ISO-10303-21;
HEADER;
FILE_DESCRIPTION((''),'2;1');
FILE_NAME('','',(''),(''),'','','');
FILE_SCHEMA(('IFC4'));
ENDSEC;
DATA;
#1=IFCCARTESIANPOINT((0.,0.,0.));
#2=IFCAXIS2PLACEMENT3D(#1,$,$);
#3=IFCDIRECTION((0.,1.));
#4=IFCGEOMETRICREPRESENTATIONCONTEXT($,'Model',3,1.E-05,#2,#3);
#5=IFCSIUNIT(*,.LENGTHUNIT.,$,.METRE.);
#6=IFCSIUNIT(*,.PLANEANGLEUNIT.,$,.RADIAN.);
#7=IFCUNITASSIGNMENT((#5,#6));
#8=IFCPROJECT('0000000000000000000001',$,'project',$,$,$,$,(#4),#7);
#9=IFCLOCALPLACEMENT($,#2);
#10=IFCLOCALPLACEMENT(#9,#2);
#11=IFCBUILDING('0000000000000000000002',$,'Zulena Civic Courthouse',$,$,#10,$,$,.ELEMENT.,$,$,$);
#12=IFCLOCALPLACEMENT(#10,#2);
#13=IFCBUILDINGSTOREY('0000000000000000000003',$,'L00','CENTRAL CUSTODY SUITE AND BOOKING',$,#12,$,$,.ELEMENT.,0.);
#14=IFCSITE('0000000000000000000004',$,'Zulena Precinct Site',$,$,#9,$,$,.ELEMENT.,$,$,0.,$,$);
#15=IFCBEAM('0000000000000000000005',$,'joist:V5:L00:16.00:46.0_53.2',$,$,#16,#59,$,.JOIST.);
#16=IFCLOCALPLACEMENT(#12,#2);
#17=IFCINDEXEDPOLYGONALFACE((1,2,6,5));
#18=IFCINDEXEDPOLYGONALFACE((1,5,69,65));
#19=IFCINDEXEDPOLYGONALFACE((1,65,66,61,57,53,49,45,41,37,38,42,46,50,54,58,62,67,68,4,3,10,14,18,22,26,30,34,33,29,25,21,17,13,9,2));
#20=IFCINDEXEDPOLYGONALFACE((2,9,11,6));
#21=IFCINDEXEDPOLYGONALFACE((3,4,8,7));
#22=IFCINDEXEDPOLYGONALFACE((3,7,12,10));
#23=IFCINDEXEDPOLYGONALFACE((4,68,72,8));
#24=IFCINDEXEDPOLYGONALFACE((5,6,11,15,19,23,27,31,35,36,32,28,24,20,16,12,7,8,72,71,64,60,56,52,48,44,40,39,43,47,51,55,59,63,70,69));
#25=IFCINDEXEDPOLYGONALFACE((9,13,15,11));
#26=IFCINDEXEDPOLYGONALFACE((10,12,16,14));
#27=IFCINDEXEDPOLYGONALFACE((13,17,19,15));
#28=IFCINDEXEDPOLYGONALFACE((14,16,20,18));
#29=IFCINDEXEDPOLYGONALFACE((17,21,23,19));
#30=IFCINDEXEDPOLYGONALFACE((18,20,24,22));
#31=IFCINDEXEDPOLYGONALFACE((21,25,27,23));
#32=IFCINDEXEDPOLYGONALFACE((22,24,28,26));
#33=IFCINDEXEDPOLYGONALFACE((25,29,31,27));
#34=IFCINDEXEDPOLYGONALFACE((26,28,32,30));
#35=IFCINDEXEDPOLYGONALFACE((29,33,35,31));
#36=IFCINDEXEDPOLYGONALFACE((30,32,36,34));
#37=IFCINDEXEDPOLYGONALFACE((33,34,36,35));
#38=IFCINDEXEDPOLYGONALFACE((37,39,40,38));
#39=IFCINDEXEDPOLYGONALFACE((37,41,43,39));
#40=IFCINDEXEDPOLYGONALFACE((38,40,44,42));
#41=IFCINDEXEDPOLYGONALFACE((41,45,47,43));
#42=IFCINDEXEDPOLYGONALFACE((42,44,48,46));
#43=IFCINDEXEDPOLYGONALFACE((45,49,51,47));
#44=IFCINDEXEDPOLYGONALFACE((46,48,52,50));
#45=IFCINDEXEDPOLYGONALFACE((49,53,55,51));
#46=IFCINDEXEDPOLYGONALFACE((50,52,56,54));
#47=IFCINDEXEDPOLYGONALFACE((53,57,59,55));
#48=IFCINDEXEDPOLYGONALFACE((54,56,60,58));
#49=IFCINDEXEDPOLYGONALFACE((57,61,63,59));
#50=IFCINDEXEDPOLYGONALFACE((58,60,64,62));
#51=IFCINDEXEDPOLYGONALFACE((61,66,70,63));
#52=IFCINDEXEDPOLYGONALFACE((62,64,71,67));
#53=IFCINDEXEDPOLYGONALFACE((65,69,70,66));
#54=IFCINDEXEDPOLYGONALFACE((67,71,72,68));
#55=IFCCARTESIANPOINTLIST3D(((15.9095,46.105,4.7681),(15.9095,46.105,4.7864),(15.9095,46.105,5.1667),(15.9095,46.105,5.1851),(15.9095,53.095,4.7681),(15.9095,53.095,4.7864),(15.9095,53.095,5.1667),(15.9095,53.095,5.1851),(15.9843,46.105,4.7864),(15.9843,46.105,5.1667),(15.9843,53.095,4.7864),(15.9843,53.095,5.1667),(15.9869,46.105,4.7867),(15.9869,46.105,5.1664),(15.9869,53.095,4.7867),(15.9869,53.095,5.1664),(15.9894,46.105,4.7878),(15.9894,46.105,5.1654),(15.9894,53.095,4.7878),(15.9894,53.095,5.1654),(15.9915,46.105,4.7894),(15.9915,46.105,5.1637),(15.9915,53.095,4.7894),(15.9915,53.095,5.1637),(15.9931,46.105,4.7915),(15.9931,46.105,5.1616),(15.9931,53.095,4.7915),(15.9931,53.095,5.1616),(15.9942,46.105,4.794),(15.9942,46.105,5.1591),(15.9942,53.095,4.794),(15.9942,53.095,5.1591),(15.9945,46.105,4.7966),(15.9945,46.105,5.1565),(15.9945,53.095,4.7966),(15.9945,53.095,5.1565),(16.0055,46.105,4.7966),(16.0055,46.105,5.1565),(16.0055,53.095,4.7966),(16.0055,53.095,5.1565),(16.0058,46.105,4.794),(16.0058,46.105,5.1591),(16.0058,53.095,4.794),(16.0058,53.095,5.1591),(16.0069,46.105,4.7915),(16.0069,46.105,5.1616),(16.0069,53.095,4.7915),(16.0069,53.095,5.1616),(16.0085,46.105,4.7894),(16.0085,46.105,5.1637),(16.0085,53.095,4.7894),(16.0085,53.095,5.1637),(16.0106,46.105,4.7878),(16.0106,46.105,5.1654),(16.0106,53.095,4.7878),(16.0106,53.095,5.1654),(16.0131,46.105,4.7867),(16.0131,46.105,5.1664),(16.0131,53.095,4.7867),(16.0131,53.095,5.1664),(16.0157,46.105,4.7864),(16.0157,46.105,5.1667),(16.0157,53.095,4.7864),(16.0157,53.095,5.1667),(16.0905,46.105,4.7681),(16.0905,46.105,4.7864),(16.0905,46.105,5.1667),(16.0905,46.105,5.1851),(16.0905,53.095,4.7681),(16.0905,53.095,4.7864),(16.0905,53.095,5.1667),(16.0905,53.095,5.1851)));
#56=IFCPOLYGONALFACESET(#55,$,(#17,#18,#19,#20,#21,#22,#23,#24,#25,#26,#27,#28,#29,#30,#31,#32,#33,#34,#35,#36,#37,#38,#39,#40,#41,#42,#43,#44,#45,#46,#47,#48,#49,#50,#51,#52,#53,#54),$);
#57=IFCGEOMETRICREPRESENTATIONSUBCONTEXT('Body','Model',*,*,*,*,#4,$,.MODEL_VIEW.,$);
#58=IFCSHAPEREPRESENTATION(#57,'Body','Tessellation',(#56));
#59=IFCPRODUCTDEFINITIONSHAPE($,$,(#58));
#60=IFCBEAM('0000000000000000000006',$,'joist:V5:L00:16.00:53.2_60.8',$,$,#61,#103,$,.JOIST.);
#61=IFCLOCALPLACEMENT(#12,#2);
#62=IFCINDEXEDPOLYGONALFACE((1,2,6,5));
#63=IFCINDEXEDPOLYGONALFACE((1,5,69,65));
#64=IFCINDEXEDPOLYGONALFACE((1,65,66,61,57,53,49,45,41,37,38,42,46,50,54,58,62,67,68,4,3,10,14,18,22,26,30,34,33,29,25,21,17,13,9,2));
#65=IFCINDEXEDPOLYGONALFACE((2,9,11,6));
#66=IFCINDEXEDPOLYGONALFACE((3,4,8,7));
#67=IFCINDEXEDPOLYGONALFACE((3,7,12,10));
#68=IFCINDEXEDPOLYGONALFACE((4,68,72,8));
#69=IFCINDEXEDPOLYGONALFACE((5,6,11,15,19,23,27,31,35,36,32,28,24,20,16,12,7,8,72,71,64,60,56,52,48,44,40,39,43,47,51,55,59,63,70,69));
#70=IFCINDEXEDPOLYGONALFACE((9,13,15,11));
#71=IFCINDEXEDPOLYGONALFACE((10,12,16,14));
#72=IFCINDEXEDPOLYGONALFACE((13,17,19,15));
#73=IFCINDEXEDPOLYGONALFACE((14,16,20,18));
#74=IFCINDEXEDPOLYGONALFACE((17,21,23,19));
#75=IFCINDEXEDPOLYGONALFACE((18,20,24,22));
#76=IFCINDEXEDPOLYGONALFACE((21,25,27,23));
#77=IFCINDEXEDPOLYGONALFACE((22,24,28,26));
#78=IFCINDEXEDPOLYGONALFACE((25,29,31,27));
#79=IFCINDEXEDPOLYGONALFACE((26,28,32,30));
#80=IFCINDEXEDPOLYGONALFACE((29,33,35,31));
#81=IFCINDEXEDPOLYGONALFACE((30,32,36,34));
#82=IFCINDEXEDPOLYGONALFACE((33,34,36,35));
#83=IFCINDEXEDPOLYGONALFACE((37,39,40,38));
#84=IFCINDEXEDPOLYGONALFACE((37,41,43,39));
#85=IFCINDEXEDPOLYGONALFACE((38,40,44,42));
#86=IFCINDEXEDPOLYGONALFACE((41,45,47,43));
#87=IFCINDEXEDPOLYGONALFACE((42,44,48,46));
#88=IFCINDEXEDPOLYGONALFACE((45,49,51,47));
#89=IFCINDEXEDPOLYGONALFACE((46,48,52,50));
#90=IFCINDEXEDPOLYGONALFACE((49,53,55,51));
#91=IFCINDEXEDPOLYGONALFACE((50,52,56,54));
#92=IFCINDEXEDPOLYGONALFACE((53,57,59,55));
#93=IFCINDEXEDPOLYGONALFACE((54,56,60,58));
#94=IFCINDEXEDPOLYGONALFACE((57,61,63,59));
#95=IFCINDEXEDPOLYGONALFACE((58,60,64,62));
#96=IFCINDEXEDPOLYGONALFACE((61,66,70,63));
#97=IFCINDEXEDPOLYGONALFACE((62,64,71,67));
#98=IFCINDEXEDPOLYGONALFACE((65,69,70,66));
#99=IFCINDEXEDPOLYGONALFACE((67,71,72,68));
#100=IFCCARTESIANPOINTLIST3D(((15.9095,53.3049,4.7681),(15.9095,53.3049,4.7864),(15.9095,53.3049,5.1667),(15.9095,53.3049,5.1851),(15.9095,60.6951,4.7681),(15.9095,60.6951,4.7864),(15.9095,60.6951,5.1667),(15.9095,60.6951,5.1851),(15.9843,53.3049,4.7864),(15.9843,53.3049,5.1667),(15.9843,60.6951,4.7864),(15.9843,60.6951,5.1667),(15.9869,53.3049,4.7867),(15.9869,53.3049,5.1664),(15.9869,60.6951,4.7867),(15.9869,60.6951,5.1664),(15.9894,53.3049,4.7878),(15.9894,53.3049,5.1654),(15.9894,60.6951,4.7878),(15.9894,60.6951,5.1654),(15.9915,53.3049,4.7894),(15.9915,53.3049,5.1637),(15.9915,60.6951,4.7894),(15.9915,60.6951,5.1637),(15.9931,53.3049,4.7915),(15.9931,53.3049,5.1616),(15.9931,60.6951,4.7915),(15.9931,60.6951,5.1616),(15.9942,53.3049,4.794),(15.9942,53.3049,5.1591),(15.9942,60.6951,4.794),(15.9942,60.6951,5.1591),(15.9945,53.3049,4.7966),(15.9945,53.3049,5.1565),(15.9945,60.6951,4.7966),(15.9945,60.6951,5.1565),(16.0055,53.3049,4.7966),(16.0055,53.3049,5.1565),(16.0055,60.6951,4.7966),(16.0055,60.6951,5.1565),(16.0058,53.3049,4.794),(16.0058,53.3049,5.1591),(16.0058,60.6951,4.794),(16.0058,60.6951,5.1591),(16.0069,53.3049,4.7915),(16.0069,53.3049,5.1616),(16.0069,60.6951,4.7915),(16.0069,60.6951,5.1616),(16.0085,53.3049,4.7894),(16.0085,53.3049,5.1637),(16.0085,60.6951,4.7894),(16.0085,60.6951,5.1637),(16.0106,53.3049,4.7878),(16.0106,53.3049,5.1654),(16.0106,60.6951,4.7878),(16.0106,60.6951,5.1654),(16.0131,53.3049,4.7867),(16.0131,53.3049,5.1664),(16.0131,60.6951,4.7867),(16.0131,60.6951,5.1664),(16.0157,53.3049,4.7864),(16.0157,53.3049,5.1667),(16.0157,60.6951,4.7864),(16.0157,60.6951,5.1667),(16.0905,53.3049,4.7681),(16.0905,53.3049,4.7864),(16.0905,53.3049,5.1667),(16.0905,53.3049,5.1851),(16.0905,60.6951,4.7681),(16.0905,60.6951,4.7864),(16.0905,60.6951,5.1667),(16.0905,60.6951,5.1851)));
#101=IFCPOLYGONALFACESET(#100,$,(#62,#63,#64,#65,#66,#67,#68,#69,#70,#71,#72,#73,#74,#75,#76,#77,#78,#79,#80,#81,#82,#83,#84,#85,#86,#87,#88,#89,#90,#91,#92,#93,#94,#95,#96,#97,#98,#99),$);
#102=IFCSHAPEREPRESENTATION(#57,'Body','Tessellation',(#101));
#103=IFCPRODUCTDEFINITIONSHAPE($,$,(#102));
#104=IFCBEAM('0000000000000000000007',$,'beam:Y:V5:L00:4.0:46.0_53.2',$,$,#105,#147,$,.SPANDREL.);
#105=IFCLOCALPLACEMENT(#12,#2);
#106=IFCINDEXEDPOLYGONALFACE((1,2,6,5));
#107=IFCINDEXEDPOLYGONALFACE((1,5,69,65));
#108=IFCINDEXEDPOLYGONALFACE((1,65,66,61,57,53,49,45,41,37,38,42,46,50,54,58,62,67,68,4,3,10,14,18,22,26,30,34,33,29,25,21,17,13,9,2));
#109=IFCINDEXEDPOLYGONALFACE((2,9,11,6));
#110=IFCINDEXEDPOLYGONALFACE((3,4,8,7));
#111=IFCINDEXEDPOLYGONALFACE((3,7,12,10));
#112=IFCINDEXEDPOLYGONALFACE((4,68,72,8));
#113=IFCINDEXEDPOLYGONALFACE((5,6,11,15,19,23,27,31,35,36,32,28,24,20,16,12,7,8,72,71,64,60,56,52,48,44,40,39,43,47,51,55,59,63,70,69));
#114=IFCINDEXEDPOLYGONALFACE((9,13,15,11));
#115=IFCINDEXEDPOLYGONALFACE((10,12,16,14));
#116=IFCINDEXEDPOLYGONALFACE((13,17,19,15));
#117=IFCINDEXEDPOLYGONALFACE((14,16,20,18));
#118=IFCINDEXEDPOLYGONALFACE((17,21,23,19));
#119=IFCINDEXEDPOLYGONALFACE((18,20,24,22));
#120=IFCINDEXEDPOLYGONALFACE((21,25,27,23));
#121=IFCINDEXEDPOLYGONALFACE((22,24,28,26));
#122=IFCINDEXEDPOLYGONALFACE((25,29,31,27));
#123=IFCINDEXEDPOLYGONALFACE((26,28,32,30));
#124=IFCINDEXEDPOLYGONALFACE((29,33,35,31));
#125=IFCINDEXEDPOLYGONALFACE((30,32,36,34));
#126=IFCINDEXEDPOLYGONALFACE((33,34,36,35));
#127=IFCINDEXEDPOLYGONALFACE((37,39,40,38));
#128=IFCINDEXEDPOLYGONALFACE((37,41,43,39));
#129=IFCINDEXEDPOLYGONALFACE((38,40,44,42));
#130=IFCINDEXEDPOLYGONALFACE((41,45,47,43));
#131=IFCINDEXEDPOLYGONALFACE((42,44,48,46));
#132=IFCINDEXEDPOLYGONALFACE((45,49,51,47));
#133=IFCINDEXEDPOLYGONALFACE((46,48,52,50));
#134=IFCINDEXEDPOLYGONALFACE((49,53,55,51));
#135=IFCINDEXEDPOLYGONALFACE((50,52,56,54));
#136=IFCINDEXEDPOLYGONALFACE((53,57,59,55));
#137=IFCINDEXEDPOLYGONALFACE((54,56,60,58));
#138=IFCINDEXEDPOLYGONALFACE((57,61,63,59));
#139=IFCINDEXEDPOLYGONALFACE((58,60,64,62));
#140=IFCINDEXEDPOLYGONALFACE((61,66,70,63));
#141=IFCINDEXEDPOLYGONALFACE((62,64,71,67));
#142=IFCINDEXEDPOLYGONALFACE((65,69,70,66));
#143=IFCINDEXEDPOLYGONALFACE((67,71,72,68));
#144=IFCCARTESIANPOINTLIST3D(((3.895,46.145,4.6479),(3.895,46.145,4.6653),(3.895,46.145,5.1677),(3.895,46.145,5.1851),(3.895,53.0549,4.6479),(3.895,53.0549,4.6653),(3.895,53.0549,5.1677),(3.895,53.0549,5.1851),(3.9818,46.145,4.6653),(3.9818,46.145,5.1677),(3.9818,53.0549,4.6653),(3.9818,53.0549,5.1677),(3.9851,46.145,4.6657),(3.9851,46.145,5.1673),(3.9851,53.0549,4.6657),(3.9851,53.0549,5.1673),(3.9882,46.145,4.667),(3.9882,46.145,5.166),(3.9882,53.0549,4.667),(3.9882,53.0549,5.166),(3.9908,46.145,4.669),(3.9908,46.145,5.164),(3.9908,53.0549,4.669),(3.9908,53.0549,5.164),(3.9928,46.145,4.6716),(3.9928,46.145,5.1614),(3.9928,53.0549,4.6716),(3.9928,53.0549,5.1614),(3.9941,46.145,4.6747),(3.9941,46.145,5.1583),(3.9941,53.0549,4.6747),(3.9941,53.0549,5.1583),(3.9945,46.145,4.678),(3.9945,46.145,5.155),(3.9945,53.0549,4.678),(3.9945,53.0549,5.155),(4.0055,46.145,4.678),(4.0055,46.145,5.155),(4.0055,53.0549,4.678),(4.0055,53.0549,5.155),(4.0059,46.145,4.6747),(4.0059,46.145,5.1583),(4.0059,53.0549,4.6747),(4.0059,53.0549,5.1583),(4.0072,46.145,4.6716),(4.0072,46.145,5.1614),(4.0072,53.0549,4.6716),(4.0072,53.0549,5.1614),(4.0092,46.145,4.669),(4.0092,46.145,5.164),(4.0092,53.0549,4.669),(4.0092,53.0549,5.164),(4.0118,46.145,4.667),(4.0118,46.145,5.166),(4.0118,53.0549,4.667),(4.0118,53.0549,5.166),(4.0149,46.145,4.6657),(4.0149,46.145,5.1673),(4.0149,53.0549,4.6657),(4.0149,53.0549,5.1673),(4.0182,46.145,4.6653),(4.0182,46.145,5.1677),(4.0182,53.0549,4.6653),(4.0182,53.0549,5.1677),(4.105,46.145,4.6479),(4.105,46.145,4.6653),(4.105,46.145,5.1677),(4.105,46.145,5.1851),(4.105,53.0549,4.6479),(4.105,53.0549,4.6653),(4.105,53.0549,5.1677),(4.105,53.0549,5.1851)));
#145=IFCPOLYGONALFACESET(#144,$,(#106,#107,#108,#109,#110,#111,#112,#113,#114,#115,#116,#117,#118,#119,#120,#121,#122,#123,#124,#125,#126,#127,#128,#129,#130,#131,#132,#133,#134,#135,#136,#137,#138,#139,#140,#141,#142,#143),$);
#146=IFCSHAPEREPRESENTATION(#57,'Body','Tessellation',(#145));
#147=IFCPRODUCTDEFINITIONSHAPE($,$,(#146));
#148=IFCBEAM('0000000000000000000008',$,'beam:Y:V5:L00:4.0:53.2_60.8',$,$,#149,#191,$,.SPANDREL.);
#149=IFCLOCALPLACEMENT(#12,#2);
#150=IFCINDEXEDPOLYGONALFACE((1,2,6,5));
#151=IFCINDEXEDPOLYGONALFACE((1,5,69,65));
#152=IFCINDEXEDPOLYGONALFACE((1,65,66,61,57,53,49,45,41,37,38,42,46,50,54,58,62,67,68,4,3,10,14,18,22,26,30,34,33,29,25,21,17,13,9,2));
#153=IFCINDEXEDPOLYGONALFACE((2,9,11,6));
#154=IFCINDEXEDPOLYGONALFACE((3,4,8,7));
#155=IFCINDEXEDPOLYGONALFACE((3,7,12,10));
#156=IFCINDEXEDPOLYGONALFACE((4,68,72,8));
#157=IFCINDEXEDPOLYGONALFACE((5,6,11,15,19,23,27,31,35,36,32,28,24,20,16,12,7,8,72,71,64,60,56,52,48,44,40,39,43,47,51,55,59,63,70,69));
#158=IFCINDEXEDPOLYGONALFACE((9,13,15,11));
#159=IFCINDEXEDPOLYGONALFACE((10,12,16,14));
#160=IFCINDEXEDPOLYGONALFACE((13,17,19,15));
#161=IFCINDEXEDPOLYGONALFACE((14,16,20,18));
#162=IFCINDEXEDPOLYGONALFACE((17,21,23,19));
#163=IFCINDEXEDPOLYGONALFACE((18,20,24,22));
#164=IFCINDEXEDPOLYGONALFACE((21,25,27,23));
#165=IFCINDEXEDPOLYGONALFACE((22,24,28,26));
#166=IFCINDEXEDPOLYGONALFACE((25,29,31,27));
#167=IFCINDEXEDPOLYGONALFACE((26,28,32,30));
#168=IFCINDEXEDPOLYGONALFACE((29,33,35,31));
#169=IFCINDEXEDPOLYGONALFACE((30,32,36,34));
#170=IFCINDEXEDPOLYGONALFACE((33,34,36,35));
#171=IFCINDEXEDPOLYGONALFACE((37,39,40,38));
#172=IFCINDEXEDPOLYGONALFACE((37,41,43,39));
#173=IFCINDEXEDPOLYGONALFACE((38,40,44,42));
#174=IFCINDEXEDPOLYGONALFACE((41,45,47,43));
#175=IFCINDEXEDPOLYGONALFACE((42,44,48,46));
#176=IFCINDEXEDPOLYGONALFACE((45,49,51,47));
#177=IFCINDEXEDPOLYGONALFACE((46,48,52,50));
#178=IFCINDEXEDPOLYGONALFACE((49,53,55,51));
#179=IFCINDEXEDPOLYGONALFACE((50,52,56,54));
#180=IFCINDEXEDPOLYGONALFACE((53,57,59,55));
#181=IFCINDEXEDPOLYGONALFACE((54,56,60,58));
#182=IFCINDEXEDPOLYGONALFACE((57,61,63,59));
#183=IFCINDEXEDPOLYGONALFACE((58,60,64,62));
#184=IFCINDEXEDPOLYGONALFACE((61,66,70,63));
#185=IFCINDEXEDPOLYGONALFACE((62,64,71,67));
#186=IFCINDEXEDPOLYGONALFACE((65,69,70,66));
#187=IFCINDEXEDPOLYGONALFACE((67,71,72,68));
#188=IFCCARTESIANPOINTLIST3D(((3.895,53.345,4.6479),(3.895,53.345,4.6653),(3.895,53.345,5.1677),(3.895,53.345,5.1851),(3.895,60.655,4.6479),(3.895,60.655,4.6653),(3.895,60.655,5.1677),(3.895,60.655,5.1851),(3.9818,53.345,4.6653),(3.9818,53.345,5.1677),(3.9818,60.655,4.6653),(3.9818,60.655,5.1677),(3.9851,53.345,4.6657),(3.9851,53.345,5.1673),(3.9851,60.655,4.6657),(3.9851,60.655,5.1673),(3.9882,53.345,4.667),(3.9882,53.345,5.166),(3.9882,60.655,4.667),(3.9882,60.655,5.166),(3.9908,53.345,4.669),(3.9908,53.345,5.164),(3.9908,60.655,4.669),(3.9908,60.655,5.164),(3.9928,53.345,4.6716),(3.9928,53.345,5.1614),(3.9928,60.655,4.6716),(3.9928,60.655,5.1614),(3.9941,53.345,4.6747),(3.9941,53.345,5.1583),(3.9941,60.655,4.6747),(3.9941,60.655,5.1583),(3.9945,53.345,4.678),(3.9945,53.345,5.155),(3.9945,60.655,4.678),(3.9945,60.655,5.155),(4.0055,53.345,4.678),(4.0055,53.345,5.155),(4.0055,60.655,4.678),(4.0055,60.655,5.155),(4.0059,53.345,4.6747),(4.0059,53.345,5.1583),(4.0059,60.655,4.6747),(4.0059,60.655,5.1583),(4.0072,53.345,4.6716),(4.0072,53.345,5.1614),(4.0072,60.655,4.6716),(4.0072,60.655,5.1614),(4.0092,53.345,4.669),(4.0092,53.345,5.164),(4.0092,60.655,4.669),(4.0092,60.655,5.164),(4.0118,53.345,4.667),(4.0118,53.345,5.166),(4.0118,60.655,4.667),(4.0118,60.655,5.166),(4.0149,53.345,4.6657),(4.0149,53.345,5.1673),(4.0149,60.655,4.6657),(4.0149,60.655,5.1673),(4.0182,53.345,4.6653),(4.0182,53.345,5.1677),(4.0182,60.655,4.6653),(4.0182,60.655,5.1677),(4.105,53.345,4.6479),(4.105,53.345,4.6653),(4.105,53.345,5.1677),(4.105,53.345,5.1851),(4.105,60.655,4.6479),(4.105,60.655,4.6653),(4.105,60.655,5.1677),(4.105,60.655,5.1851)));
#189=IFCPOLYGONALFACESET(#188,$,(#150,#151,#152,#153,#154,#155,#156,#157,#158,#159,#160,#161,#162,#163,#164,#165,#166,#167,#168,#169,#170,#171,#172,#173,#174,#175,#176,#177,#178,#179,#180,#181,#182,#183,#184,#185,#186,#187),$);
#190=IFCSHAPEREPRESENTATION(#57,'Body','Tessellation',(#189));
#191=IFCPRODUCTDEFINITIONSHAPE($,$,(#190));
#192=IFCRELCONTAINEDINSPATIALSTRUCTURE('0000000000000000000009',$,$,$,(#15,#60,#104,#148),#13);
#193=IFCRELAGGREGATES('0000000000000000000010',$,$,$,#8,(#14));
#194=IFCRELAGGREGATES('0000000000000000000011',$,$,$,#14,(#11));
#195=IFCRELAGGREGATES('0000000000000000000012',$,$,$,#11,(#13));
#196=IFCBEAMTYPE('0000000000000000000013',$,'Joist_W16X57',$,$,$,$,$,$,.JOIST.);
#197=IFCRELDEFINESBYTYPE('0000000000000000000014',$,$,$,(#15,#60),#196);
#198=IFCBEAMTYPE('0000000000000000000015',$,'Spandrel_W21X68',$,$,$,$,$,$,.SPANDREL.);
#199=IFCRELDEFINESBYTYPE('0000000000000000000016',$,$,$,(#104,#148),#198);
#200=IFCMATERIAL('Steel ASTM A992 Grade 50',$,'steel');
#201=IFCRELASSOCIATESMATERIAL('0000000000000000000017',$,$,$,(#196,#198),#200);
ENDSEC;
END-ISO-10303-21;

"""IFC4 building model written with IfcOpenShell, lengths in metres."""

from ifc_helpers import new_model, si_unit, direction, frame, origin, origin_2d, place, context, subcontext, project, spatial, i_section, extrude, material, material_profile, profile_set, type_object, element, save


model = new_model("IFC4")

# Units and contexts
model_context = context("Model", 3, precision=1e-05, world=origin(), true_north=direction((0.0, 1.0)))
body_context = subcontext(model_context, "Body", "Model", "MODEL_VIEW")
ifc_project = project(units=[si_unit("LENGTHUNIT", "METRE"), si_unit("PLANEANGLEUNIT", "RADIAN")], contexts=[model_context])

# Site, building, storey
site_placement = place(None, origin())
site = spatial("IfcSite", under=ifc_project, at=site_placement, Name="Zulena Precinct Site", CompositionType="ELEMENT", RefElevation=0.0)
building_placement = place(site_placement, origin())
building = spatial("IfcBuilding", under=site, at=building_placement, Name="Zulena Civic Courthouse", CompositionType="ELEMENT")
storey_placement = place(building_placement, origin())
storey = spatial("IfcBuildingStorey", under=building, at=storey_placement, Name="L00", Description="CENTRAL CUSTODY SUITE AND BOOKING", CompositionType="ELEMENT", Elevation=0.0)

# Shared definitions
ifc_material_1 = material(Name="Steel ASTM A992 Grade 50", Category="steel")

# Beams
ifc_material_profile_1 = material_profile(ifc_material_1, i_section(OverallWidth=0.1809, OverallDepth=0.417, WebThickness=0.011, FlangeThickness=0.0183, FilletRadius=0.0103, at=origin_2d()), Name="W16X57")
ifc_profile_set_1 = profile_set([ifc_material_profile_1], Name="Steel ASTM A992 Grade 50")
beam_type_1 = type_object("IfcBeamType", Name="Joist_W16X57", PredefinedType="JOIST", material=ifc_profile_set_1)
beam_1_placement = place(storey_placement, frame((16.0, 46.105, 4.9766), z_axis=(0.0, 1.0, 0.0), x_axis=(-1.0, 0.0, 0.0)))
element("IfcBeam", 1, at=beam_1_placement, inside=storey, type_object=beam_type_1, Name="joist:V5:L00:16.00:46.0_53.2", PredefinedType="JOIST", context=body_context, shape_type="SweptSolid", body=[
    extrude(i_section(OverallWidth=0.1809, OverallDepth=0.417, WebThickness=0.011, FlangeThickness=0.0183, FilletRadius=0.0103, at=origin_2d()), origin(), (0.0, 0.0, 1.0), 6.99),
])
beam_2_placement = place(storey_placement, frame((16.0, 53.3049, 4.9766), z_axis=(0.0, 1.0, 0.0), x_axis=(-1.0, 0.0, 0.0)))
element("IfcBeam", 2, at=beam_2_placement, inside=storey, type_object=beam_type_1, Name="joist:V5:L00:16.00:53.2_60.8", PredefinedType="JOIST", context=body_context, shape_type="SweptSolid", body=[
    extrude(i_section(OverallWidth=0.1809, OverallDepth=0.417, WebThickness=0.011, FlangeThickness=0.0183, FilletRadius=0.0103, at=origin_2d()), origin(), (0.0, 0.0, 1.0), 7.3901),
])
ifc_material_profile_2 = material_profile(ifc_material_1, i_section(OverallWidth=0.21, OverallDepth=0.5371, WebThickness=0.011, FlangeThickness=0.0173, FilletRadius=0.0127, at=origin_2d()), Name="W21X68")
ifc_profile_set_2 = profile_set([ifc_material_profile_2], Name="Steel ASTM A992 Grade 50")
beam_type_2 = type_object("IfcBeamType", Name="Spandrel_W21X68", PredefinedType="SPANDREL", material=ifc_profile_set_2)
beam_3_placement = place(storey_placement, frame((4.0, 46.145, 4.9165), z_axis=(0.0, 1.0, 0.0), x_axis=(-1.0, 0.0, 0.0)))
element("IfcBeam", 3, at=beam_3_placement, inside=storey, type_object=beam_type_2, Name="beam:Y:V5:L00:4.0:46.0_53.2", PredefinedType="SPANDREL", context=body_context, shape_type="SweptSolid", body=[
    extrude(i_section(OverallWidth=0.21, OverallDepth=0.5371, WebThickness=0.011, FlangeThickness=0.0173, FilletRadius=0.0127, at=origin_2d()), origin(), (0.0, 0.0, 1.0), 6.9099),
])
beam_4_placement = place(storey_placement, frame((4.0, 53.345, 4.9165), z_axis=(0.0, 1.0, 0.0), x_axis=(-1.0, 0.0, 0.0)))
element("IfcBeam", 4, at=beam_4_placement, inside=storey, type_object=beam_type_2, Name="beam:Y:V5:L00:4.0:53.2_60.8", PredefinedType="SPANDREL", context=body_context, shape_type="SweptSolid", body=[
    extrude(i_section(OverallWidth=0.21, OverallDepth=0.5371, WebThickness=0.011, FlangeThickness=0.0173, FilletRadius=0.0127, at=origin_2d()), origin(), (0.0, 0.0, 1.0), 7.3101),
])

save(model, "model.ifc")
